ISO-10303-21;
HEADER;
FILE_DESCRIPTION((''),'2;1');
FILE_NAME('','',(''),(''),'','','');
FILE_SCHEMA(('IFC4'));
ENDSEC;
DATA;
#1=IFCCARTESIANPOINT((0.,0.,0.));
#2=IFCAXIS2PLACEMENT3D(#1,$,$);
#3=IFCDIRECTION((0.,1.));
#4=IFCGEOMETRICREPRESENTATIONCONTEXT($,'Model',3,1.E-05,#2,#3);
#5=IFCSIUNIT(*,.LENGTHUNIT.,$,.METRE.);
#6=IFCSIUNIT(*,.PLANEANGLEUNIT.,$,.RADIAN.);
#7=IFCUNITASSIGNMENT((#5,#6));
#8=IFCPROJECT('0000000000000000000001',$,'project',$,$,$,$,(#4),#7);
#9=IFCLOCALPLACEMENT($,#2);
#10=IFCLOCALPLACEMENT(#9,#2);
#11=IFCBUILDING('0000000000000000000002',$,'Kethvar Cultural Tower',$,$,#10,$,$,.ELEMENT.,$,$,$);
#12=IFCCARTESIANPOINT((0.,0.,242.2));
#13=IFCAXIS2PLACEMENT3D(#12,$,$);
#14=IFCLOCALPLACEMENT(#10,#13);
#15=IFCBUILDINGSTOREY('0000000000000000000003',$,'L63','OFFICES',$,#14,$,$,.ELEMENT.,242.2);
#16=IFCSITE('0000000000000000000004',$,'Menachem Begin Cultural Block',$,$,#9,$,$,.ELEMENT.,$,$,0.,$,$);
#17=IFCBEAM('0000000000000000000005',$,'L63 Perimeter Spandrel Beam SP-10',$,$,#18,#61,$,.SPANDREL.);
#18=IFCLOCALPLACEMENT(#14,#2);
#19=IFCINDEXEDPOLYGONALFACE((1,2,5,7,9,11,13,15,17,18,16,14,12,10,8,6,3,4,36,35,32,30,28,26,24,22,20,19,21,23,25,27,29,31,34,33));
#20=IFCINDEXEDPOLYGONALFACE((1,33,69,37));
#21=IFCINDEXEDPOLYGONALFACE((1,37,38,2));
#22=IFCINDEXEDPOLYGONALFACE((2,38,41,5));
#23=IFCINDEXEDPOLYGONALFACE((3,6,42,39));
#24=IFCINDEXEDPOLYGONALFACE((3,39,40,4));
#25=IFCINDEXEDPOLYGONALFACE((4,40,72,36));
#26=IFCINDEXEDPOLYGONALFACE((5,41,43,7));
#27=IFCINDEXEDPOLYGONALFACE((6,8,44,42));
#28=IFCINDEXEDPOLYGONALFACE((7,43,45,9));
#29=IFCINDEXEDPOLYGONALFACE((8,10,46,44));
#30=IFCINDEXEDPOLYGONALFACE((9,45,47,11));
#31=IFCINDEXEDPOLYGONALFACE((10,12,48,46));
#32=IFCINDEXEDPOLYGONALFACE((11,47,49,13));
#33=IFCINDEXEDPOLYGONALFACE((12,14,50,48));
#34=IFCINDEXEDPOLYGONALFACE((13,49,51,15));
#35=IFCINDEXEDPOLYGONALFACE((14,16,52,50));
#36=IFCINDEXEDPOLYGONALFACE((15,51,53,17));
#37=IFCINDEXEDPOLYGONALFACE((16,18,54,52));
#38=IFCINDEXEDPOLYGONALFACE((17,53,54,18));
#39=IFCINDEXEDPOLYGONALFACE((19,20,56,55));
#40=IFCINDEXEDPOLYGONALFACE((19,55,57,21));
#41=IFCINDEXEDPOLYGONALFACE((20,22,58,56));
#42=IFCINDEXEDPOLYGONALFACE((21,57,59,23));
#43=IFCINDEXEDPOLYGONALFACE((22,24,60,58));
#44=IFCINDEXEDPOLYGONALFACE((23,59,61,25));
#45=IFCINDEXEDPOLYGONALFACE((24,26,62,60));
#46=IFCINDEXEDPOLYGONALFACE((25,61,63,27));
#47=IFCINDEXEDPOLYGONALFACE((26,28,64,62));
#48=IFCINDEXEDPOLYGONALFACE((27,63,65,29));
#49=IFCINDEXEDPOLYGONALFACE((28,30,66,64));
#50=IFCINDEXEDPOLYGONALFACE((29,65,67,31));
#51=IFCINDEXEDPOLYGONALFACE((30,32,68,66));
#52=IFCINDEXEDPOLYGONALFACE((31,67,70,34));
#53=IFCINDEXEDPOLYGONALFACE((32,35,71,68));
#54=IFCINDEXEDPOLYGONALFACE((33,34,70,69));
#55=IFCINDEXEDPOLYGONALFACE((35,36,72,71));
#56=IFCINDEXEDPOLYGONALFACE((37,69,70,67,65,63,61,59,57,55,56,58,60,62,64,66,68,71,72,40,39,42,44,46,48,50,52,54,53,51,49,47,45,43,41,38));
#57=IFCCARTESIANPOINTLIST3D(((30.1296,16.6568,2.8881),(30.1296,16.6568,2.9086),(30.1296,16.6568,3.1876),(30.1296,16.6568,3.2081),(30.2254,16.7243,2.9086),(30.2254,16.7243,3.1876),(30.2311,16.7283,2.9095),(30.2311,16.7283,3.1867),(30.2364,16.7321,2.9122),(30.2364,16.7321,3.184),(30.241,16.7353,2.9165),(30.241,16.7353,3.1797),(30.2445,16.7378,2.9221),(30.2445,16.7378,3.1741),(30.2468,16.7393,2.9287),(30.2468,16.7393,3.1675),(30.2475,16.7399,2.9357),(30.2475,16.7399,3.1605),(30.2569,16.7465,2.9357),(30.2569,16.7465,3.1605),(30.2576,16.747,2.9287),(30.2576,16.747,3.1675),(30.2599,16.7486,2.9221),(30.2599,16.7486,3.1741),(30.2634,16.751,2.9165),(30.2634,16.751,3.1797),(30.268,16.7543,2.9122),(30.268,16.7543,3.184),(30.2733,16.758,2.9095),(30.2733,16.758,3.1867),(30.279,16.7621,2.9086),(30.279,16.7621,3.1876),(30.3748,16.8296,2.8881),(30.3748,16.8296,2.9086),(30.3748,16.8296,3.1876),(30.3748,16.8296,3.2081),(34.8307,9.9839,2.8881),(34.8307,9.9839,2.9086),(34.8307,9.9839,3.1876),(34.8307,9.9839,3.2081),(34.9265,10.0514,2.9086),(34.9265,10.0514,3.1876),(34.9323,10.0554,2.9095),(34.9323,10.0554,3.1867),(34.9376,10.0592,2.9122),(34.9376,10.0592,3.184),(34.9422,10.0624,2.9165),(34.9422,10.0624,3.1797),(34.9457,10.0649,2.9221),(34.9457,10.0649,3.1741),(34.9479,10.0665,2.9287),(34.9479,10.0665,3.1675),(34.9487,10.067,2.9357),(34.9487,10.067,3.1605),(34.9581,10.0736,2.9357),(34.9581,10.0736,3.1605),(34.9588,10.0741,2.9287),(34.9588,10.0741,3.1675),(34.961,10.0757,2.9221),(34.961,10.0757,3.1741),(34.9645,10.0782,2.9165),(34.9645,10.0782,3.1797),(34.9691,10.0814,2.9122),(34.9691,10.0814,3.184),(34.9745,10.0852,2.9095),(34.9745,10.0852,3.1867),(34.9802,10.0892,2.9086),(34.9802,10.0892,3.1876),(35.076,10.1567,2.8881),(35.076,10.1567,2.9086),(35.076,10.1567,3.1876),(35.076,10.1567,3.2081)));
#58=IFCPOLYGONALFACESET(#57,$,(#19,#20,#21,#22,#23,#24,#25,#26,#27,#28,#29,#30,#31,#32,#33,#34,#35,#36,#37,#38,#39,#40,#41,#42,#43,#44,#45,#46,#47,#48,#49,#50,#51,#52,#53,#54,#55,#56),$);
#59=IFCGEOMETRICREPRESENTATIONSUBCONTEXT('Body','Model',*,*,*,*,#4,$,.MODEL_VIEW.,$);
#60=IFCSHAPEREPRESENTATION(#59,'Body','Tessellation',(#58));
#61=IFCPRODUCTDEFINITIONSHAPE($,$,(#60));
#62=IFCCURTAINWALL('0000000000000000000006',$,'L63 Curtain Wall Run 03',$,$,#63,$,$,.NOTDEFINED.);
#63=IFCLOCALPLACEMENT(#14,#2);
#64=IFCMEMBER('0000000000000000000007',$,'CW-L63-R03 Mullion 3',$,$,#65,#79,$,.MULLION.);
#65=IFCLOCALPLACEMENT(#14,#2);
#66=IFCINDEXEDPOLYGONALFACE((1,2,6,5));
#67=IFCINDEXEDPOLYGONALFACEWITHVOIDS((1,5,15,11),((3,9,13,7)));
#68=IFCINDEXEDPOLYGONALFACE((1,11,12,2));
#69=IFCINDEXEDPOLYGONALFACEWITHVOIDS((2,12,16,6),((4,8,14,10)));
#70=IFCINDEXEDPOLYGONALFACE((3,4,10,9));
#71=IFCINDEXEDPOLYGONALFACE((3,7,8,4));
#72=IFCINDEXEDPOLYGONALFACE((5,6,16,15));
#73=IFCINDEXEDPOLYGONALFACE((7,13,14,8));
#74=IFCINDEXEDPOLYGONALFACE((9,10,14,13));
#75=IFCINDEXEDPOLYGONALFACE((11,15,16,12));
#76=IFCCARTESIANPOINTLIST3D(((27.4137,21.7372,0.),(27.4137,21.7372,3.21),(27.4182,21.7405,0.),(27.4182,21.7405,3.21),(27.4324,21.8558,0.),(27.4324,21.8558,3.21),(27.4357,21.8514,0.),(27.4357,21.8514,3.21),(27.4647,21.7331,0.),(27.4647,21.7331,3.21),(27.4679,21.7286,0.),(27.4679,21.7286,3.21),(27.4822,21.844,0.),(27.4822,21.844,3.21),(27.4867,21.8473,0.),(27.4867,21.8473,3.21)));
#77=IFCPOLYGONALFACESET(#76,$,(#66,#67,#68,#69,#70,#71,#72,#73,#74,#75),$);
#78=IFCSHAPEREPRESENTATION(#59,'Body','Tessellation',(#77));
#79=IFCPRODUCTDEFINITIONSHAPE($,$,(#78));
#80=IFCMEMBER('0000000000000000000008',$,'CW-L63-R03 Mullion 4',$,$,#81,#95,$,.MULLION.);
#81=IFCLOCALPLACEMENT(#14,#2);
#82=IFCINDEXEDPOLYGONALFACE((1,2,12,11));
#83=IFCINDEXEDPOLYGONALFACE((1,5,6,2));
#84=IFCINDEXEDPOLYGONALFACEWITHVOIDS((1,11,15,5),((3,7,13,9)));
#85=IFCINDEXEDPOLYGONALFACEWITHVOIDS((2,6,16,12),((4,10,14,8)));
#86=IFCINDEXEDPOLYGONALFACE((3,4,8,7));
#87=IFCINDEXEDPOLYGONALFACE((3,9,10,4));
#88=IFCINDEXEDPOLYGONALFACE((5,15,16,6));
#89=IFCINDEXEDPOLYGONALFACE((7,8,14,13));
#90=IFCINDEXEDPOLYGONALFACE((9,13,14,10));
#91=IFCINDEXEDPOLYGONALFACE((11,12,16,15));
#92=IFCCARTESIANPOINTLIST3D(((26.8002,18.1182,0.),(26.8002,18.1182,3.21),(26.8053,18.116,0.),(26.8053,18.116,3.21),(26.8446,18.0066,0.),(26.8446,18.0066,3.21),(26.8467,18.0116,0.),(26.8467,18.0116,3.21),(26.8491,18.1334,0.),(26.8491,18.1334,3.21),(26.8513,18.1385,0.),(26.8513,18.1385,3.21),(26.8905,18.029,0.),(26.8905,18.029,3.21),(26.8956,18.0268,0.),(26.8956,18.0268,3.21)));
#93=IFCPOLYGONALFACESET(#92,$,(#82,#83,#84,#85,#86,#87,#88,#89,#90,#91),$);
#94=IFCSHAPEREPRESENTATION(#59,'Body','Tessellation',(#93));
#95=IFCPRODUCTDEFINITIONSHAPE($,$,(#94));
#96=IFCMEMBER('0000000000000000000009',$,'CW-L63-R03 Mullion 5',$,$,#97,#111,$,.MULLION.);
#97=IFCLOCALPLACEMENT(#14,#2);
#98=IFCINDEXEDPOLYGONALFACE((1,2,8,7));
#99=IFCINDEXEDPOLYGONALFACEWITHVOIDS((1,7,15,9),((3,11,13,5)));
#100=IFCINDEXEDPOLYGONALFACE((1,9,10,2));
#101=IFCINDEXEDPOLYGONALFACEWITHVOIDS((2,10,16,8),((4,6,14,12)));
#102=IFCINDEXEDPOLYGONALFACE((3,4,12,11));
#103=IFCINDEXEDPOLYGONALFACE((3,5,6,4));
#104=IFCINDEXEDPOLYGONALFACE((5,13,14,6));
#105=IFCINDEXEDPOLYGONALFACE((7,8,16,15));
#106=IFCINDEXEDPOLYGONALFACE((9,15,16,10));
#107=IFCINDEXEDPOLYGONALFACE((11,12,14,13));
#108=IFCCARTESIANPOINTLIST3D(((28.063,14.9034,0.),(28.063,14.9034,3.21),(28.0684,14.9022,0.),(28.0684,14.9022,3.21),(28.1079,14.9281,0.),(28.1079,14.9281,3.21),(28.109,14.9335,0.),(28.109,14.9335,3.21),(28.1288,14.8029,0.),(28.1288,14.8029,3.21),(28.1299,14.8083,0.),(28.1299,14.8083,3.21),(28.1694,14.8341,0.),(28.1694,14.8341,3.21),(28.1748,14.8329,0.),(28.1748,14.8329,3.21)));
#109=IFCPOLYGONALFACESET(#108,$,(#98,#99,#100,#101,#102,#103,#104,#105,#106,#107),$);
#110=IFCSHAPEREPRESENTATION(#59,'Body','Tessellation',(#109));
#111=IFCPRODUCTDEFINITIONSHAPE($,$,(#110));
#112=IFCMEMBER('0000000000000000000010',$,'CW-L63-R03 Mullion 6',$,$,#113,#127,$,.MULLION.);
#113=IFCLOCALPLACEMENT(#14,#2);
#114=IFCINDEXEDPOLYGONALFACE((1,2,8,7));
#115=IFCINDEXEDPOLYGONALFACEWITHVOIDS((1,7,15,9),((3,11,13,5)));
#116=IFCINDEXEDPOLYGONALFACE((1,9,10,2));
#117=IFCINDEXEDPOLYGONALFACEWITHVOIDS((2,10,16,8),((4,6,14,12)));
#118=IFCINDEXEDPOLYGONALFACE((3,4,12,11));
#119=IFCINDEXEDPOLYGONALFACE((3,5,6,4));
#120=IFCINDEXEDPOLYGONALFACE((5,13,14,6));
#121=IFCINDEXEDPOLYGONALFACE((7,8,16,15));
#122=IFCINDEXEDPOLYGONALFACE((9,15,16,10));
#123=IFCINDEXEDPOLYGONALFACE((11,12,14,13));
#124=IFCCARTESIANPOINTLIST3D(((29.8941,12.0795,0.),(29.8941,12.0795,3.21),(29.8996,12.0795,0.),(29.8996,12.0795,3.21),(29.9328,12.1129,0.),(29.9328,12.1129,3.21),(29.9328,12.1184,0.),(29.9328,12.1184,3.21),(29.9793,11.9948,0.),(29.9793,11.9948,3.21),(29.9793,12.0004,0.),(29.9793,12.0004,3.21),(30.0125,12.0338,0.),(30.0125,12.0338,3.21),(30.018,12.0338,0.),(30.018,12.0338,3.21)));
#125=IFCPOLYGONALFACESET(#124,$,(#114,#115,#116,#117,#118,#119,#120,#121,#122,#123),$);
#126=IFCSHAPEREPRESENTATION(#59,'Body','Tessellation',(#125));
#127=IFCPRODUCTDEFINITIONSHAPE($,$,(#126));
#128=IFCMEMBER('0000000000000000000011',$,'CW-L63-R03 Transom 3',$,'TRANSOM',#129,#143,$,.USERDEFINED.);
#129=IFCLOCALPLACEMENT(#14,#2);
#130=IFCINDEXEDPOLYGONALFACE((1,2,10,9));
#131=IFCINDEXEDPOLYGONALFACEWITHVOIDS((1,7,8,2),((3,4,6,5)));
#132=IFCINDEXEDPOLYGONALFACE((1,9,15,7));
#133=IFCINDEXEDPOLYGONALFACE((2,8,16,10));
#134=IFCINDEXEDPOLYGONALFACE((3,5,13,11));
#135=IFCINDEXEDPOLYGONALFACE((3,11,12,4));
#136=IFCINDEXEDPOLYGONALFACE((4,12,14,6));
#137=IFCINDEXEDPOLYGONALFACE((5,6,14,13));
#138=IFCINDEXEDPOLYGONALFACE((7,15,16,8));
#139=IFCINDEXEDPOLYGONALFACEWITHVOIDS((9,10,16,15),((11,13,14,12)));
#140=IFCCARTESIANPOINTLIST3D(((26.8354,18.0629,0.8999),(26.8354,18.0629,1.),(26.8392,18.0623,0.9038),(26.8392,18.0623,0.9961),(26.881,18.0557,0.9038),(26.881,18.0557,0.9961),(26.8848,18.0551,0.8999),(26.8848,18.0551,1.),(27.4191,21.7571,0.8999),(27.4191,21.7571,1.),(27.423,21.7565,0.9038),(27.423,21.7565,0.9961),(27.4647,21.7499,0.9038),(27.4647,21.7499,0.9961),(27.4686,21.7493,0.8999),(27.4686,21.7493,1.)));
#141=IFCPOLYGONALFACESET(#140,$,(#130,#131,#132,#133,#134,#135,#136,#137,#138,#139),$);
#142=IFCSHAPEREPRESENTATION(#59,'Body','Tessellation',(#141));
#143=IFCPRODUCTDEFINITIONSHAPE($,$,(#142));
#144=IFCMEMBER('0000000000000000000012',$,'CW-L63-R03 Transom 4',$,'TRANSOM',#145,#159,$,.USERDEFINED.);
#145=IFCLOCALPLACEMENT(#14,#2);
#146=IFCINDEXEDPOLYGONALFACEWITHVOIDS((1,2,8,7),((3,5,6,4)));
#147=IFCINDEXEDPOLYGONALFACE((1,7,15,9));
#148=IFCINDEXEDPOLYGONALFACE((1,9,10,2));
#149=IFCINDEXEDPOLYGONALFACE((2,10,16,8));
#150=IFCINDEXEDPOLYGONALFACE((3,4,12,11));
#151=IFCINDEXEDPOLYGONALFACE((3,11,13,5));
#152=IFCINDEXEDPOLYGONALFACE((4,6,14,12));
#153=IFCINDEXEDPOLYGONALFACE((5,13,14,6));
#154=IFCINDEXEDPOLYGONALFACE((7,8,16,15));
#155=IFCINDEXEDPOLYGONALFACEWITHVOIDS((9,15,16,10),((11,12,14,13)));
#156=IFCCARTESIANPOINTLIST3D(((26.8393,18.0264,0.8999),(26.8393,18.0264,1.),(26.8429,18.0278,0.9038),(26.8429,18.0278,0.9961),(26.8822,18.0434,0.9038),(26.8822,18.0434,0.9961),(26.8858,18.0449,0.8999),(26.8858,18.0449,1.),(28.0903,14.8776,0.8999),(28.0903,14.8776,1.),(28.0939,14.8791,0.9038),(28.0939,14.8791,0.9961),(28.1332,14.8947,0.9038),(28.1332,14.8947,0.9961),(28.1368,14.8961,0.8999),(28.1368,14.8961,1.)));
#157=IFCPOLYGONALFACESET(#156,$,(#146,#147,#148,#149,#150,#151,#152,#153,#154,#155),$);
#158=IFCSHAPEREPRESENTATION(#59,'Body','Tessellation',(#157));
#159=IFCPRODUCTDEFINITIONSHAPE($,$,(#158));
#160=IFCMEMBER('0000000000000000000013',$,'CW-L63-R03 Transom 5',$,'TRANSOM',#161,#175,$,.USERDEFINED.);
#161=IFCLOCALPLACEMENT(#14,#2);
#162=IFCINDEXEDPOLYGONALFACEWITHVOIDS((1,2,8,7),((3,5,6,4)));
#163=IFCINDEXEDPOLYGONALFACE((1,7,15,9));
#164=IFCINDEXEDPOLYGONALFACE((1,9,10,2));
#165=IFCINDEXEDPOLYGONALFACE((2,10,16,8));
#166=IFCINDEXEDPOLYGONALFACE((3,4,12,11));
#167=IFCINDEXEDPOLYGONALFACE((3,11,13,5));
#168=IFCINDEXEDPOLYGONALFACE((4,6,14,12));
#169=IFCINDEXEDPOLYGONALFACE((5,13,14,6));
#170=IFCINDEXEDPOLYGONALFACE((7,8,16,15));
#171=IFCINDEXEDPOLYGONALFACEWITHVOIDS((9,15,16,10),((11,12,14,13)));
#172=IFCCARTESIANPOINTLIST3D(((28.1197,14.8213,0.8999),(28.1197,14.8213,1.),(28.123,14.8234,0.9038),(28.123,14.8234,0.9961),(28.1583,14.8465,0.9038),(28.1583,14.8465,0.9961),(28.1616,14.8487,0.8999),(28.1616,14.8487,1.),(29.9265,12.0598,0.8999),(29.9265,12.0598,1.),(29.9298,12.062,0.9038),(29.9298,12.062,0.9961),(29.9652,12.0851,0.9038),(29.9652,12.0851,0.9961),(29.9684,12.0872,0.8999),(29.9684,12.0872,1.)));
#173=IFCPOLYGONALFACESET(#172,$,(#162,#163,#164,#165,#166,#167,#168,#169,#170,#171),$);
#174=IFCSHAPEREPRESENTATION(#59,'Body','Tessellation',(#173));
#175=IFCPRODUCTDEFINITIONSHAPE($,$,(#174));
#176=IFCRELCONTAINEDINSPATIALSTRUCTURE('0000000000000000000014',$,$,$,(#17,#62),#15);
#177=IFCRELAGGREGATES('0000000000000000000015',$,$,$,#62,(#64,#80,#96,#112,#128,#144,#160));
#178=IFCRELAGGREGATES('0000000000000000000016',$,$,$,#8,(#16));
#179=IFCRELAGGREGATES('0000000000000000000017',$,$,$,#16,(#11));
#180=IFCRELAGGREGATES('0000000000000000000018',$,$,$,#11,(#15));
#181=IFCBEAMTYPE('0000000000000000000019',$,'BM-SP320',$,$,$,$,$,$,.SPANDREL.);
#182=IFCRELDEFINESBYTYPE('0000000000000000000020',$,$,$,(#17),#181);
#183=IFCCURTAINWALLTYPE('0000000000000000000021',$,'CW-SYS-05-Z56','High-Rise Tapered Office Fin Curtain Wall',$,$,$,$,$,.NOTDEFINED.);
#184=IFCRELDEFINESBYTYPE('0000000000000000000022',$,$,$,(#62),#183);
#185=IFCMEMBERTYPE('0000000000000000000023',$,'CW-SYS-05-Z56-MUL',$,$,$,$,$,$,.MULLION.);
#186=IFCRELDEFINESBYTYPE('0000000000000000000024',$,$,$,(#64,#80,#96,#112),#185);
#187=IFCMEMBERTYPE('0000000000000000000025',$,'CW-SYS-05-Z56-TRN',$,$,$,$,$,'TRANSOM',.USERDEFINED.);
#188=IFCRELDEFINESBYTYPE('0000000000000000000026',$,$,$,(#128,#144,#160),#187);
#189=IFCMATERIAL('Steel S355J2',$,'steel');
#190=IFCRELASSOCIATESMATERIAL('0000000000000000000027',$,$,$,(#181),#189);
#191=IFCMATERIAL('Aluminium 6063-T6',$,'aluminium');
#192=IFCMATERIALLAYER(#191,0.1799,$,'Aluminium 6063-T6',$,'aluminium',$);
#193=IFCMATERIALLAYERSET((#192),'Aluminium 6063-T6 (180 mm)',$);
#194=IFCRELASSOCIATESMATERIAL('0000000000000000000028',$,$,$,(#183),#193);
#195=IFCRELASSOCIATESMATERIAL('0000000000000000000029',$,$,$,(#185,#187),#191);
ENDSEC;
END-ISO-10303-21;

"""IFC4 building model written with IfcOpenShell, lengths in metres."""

from ifc_helpers import new_model, si_unit, direction, frame, origin, origin_2d, place, context, subcontext, project, spatial, hollow_rectangle, i_section, extrude, source, transform, mapped, material, layer, layer_set, material_profile, profile_set, type_object, element, aggregate, save


model = new_model("IFC4")

# Units and contexts
model_context = context("Model", 3, precision=1e-05, world=origin(), true_north=direction((0.0, 1.0)))
body_context = subcontext(model_context, "Body", "Model", "MODEL_VIEW")
ifc_project = project(units=[si_unit("LENGTHUNIT", "METRE"), si_unit("PLANEANGLEUNIT", "RADIAN")], contexts=[model_context])

# Site, building, storey
site_placement = place(None, origin())
site = spatial("IfcSite", under=ifc_project, at=site_placement, Name="Menachem Begin Cultural Block", CompositionType="ELEMENT", RefElevation=0.0)
building_placement = place(site_placement, origin())
building = spatial("IfcBuilding", under=site, at=building_placement, Name="Kethvar Cultural Tower", CompositionType="ELEMENT")
storey_placement = place(building_placement, frame((0.0, 0.0, 242.2)))
storey = spatial("IfcBuildingStorey", under=building, at=storey_placement, Name="L63", Description="OFFICES", CompositionType="ELEMENT", Elevation=242.2)

# Beam
ifc_material_1 = material(Name="Steel S355J2", Category="steel")
ifc_material_profile_1 = material_profile(ifc_material_1, i_section(OverallWidth=0.3, OverallDepth=0.3201, WebThickness=0.0115, FlangeThickness=0.0205, FilletRadius=0.0271, at=origin_2d()), Name="Steel S355J2 — HEB320")
ifc_profile_set_1 = profile_set([ifc_material_profile_1], Name="Steel S355J2 — HEB320")
beam_type = type_object("IfcBeamType", Name="BM-SP320", PredefinedType="SPANDREL", material=ifc_profile_set_1)
shared_shape_1 = source(origin(), body_context, "Body", "SweptSolid", [
    extrude(i_section(OverallWidth=0.3, OverallDepth=0.3201, WebThickness=0.0115, FlangeThickness=0.0205, FilletRadius=0.0271, at=origin_2d()), origin(), (0.0, 0.0, 1.0), 8.1626),
])
beam_placement = place(storey_placement, frame((30.2522, 16.7432, 3.0481), z_axis=(0.575941, -0.817491, 0.0), x_axis=(0.817491, 0.575941, 0.0)))
element("IfcBeam", 1, at=beam_placement, inside=storey, type_object=beam_type, Name="L63 Perimeter Spandrel Beam SP-10", PredefinedType="SPANDREL", context=body_context, shape_type="MappedRepresentation", body=[
    mapped(shared_shape_1, transform((0.0, 0.0, 0.0), scale=1.0)),
])

# Curtain wall, members
ifc_material_2 = material(Name="Aluminium 6063-T6", Category="aluminium")
ifc_layer_1 = layer(ifc_material_2, 0.1799, Name="Aluminium 6063-T6", Category="aluminium")
ifc_layer_set_1 = layer_set([ifc_layer_1], Name="Aluminium 6063-T6 (180 mm)")
curtain_wall_type = type_object("IfcCurtainWallType", Name="CW-SYS-05-Z56", Description="High-Rise Tapered Office Fin Curtain Wall", PredefinedType="NOTDEFINED", material=ifc_layer_set_1)
curtain_wall_placement = place(storey_placement, origin())
curtain_wall = element("IfcCurtainWall", 2, at=curtain_wall_placement, inside=storey, type_object=curtain_wall_type, Name="L63 Curtain Wall Run 03", PredefinedType="NOTDEFINED")
ifc_material_profile_2 = material_profile(ifc_material_2, hollow_rectangle(XDim=0.0549, YDim=0.1201, WallThickness=0.0039, at=origin_2d()), Name="Aluminium 6063-T6 — RHS120x55x4")
ifc_profile_set_2 = profile_set([ifc_material_profile_2], Name="Aluminium 6063-T6 — RHS120x55x4")
member_type_1 = type_object("IfcMemberType", Name="CW-SYS-05-Z56-MUL", PredefinedType="MULLION", material=ifc_profile_set_2)
shared_shape_2 = source(origin(), body_context, "Body", "SweptSolid", [
    extrude(hollow_rectangle(XDim=0.0549, YDim=0.1201, WallThickness=0.0039, at=origin_2d()), origin(), (0.0, 0.0, 1.0), 3.21),
])
member_1_placement = place(storey_placement, frame((27.4502, 21.7922, 0.0), z_axis=(0.0, 0.0, 1.0), x_axis=(0.987735, -0.156141, 0.0)))
member_1 = element("IfcMember", 3, at=member_1_placement, type_object=member_type_1, Name="CW-L63-R03 Mullion 3", PredefinedType="MULLION", context=body_context, shape_type="MappedRepresentation", body=[
    mapped(shared_shape_2, transform((0.0, 0.0, 0.0), scale=1.0)),
])
member_2_placement = place(storey_placement, frame((26.8479, 18.0725, 0.0), z_axis=(0.0, 0.0, 1.0), x_axis=(0.929339, 0.369228, 0.0)))
member_2 = element("IfcMember", 4, at=member_2_placement, type_object=member_type_1, Name="CW-L63-R03 Mullion 4", PredefinedType="MULLION", context=body_context, shape_type="MappedRepresentation", body=[
    mapped(shared_shape_2, transform((0.0, 0.0, 0.0), scale=1.0)),
])
member_3_placement = place(storey_placement, frame((28.1189, 14.8682, 0.0), z_axis=(0.0, 0.0, 1.0), x_axis=(0.836764, 0.547563, 0.0)))
member_3 = element("IfcMember", 5, at=member_3_placement, type_object=member_type_1, Name="CW-L63-R03 Mullion 5", PredefinedType="MULLION", context=body_context, shape_type="MappedRepresentation", body=[
    mapped(shared_shape_2, transform((0.0, 0.0, 0.0), scale=1.0)),
])
member_4_placement = place(storey_placement, frame((29.9561, 12.0566, 0.0), z_axis=(0.0, 0.0, 1.0), x_axis=(0.704523, 0.709681, 0.0)))
member_4 = element("IfcMember", 6, at=member_4_placement, type_object=member_type_1, Name="CW-L63-R03 Mullion 6", PredefinedType="MULLION", context=body_context, shape_type="MappedRepresentation", body=[
    mapped(shared_shape_2, transform((0.0, 0.0, 0.0), scale=1.0)),
])
ifc_material_profile_3 = material_profile(ifc_material_2, hollow_rectangle(XDim=0.05, YDim=0.1001, WallThickness=0.0039, at=origin_2d()), Name="Aluminium 6063-T6 — RHS100x50x4")
ifc_profile_set_3 = profile_set([ifc_material_profile_3], Name="Aluminium 6063-T6 — RHS100x50x4")
member_type_2 = type_object("IfcMemberType", Name="CW-SYS-05-Z56-TRN", ElementType="TRANSOM", PredefinedType="USERDEFINED", material=ifc_profile_set_3)
shared_shape_3 = source(origin(), body_context, "Body", "SweptSolid", [
    extrude(hollow_rectangle(XDim=0.05, YDim=0.1001, WallThickness=0.0039, at=origin_2d()), origin(), (0.0, 0.0, 1.0), 3.74),
])
member_5_placement = place(storey_placement, frame((27.4438, 21.7532, 0.95), z_axis=(-0.156083, -0.987744, 0.0), x_axis=(0.987744, -0.156083, 0.0)))
member_5 = element("IfcMember", 7, at=member_5_placement, type_object=member_type_2, Name="CW-L63-R03 Transom 3", ObjectType="TRANSOM", PredefinedType="USERDEFINED", context=body_context, shape_type="MappedRepresentation", body=[
    mapped(shared_shape_3, transform((0.0, 0.0, 0.0), scale=1.0)),
])
shared_shape_4 = source(origin(), body_context, "Body", "SweptSolid", [
    extrude(hollow_rectangle(XDim=0.05, YDim=0.1001, WallThickness=0.0039, at=origin_2d()), origin(), (0.0, 0.0, 1.0), 3.3882),
])
member_6_placement = place(storey_placement, frame((26.8625, 18.0356, 0.95), z_axis=(0.369228, -0.929339, 0.0), x_axis=(0.929339, 0.369228, 0.0)))
member_6 = element("IfcMember", 8, at=member_6_placement, type_object=member_type_2, Name="CW-L63-R03 Transom 4", ObjectType="TRANSOM", PredefinedType="USERDEFINED", context=body_context, shape_type="MappedRepresentation", body=[
    mapped(shared_shape_4, transform((0.0, 0.0, 0.0), scale=1.0)),
])
shared_shape_5 = source(origin(), body_context, "Body", "SweptSolid", [
    extrude(hollow_rectangle(XDim=0.05, YDim=0.1001, WallThickness=0.0039, at=origin_2d()), origin(), (0.0, 0.0, 1.0), 3.3),
])
member_7_placement = place(storey_placement, frame((28.1406, 14.835, 0.95), z_axis=(0.547526, -0.836788, 0.0), x_axis=(0.836788, 0.547526, 0.0)))
member_7 = element("IfcMember", 9, at=member_7_placement, type_object=member_type_2, Name="CW-L63-R03 Transom 5", ObjectType="TRANSOM", PredefinedType="USERDEFINED", context=body_context, shape_type="MappedRepresentation", body=[
    mapped(shared_shape_5, transform((0.0, 0.0, 0.0), scale=1.0)),
])
aggregate(curtain_wall, [member_1, member_2, member_3, member_4, member_5, member_6, member_7])

save(model, "model.ifc")
